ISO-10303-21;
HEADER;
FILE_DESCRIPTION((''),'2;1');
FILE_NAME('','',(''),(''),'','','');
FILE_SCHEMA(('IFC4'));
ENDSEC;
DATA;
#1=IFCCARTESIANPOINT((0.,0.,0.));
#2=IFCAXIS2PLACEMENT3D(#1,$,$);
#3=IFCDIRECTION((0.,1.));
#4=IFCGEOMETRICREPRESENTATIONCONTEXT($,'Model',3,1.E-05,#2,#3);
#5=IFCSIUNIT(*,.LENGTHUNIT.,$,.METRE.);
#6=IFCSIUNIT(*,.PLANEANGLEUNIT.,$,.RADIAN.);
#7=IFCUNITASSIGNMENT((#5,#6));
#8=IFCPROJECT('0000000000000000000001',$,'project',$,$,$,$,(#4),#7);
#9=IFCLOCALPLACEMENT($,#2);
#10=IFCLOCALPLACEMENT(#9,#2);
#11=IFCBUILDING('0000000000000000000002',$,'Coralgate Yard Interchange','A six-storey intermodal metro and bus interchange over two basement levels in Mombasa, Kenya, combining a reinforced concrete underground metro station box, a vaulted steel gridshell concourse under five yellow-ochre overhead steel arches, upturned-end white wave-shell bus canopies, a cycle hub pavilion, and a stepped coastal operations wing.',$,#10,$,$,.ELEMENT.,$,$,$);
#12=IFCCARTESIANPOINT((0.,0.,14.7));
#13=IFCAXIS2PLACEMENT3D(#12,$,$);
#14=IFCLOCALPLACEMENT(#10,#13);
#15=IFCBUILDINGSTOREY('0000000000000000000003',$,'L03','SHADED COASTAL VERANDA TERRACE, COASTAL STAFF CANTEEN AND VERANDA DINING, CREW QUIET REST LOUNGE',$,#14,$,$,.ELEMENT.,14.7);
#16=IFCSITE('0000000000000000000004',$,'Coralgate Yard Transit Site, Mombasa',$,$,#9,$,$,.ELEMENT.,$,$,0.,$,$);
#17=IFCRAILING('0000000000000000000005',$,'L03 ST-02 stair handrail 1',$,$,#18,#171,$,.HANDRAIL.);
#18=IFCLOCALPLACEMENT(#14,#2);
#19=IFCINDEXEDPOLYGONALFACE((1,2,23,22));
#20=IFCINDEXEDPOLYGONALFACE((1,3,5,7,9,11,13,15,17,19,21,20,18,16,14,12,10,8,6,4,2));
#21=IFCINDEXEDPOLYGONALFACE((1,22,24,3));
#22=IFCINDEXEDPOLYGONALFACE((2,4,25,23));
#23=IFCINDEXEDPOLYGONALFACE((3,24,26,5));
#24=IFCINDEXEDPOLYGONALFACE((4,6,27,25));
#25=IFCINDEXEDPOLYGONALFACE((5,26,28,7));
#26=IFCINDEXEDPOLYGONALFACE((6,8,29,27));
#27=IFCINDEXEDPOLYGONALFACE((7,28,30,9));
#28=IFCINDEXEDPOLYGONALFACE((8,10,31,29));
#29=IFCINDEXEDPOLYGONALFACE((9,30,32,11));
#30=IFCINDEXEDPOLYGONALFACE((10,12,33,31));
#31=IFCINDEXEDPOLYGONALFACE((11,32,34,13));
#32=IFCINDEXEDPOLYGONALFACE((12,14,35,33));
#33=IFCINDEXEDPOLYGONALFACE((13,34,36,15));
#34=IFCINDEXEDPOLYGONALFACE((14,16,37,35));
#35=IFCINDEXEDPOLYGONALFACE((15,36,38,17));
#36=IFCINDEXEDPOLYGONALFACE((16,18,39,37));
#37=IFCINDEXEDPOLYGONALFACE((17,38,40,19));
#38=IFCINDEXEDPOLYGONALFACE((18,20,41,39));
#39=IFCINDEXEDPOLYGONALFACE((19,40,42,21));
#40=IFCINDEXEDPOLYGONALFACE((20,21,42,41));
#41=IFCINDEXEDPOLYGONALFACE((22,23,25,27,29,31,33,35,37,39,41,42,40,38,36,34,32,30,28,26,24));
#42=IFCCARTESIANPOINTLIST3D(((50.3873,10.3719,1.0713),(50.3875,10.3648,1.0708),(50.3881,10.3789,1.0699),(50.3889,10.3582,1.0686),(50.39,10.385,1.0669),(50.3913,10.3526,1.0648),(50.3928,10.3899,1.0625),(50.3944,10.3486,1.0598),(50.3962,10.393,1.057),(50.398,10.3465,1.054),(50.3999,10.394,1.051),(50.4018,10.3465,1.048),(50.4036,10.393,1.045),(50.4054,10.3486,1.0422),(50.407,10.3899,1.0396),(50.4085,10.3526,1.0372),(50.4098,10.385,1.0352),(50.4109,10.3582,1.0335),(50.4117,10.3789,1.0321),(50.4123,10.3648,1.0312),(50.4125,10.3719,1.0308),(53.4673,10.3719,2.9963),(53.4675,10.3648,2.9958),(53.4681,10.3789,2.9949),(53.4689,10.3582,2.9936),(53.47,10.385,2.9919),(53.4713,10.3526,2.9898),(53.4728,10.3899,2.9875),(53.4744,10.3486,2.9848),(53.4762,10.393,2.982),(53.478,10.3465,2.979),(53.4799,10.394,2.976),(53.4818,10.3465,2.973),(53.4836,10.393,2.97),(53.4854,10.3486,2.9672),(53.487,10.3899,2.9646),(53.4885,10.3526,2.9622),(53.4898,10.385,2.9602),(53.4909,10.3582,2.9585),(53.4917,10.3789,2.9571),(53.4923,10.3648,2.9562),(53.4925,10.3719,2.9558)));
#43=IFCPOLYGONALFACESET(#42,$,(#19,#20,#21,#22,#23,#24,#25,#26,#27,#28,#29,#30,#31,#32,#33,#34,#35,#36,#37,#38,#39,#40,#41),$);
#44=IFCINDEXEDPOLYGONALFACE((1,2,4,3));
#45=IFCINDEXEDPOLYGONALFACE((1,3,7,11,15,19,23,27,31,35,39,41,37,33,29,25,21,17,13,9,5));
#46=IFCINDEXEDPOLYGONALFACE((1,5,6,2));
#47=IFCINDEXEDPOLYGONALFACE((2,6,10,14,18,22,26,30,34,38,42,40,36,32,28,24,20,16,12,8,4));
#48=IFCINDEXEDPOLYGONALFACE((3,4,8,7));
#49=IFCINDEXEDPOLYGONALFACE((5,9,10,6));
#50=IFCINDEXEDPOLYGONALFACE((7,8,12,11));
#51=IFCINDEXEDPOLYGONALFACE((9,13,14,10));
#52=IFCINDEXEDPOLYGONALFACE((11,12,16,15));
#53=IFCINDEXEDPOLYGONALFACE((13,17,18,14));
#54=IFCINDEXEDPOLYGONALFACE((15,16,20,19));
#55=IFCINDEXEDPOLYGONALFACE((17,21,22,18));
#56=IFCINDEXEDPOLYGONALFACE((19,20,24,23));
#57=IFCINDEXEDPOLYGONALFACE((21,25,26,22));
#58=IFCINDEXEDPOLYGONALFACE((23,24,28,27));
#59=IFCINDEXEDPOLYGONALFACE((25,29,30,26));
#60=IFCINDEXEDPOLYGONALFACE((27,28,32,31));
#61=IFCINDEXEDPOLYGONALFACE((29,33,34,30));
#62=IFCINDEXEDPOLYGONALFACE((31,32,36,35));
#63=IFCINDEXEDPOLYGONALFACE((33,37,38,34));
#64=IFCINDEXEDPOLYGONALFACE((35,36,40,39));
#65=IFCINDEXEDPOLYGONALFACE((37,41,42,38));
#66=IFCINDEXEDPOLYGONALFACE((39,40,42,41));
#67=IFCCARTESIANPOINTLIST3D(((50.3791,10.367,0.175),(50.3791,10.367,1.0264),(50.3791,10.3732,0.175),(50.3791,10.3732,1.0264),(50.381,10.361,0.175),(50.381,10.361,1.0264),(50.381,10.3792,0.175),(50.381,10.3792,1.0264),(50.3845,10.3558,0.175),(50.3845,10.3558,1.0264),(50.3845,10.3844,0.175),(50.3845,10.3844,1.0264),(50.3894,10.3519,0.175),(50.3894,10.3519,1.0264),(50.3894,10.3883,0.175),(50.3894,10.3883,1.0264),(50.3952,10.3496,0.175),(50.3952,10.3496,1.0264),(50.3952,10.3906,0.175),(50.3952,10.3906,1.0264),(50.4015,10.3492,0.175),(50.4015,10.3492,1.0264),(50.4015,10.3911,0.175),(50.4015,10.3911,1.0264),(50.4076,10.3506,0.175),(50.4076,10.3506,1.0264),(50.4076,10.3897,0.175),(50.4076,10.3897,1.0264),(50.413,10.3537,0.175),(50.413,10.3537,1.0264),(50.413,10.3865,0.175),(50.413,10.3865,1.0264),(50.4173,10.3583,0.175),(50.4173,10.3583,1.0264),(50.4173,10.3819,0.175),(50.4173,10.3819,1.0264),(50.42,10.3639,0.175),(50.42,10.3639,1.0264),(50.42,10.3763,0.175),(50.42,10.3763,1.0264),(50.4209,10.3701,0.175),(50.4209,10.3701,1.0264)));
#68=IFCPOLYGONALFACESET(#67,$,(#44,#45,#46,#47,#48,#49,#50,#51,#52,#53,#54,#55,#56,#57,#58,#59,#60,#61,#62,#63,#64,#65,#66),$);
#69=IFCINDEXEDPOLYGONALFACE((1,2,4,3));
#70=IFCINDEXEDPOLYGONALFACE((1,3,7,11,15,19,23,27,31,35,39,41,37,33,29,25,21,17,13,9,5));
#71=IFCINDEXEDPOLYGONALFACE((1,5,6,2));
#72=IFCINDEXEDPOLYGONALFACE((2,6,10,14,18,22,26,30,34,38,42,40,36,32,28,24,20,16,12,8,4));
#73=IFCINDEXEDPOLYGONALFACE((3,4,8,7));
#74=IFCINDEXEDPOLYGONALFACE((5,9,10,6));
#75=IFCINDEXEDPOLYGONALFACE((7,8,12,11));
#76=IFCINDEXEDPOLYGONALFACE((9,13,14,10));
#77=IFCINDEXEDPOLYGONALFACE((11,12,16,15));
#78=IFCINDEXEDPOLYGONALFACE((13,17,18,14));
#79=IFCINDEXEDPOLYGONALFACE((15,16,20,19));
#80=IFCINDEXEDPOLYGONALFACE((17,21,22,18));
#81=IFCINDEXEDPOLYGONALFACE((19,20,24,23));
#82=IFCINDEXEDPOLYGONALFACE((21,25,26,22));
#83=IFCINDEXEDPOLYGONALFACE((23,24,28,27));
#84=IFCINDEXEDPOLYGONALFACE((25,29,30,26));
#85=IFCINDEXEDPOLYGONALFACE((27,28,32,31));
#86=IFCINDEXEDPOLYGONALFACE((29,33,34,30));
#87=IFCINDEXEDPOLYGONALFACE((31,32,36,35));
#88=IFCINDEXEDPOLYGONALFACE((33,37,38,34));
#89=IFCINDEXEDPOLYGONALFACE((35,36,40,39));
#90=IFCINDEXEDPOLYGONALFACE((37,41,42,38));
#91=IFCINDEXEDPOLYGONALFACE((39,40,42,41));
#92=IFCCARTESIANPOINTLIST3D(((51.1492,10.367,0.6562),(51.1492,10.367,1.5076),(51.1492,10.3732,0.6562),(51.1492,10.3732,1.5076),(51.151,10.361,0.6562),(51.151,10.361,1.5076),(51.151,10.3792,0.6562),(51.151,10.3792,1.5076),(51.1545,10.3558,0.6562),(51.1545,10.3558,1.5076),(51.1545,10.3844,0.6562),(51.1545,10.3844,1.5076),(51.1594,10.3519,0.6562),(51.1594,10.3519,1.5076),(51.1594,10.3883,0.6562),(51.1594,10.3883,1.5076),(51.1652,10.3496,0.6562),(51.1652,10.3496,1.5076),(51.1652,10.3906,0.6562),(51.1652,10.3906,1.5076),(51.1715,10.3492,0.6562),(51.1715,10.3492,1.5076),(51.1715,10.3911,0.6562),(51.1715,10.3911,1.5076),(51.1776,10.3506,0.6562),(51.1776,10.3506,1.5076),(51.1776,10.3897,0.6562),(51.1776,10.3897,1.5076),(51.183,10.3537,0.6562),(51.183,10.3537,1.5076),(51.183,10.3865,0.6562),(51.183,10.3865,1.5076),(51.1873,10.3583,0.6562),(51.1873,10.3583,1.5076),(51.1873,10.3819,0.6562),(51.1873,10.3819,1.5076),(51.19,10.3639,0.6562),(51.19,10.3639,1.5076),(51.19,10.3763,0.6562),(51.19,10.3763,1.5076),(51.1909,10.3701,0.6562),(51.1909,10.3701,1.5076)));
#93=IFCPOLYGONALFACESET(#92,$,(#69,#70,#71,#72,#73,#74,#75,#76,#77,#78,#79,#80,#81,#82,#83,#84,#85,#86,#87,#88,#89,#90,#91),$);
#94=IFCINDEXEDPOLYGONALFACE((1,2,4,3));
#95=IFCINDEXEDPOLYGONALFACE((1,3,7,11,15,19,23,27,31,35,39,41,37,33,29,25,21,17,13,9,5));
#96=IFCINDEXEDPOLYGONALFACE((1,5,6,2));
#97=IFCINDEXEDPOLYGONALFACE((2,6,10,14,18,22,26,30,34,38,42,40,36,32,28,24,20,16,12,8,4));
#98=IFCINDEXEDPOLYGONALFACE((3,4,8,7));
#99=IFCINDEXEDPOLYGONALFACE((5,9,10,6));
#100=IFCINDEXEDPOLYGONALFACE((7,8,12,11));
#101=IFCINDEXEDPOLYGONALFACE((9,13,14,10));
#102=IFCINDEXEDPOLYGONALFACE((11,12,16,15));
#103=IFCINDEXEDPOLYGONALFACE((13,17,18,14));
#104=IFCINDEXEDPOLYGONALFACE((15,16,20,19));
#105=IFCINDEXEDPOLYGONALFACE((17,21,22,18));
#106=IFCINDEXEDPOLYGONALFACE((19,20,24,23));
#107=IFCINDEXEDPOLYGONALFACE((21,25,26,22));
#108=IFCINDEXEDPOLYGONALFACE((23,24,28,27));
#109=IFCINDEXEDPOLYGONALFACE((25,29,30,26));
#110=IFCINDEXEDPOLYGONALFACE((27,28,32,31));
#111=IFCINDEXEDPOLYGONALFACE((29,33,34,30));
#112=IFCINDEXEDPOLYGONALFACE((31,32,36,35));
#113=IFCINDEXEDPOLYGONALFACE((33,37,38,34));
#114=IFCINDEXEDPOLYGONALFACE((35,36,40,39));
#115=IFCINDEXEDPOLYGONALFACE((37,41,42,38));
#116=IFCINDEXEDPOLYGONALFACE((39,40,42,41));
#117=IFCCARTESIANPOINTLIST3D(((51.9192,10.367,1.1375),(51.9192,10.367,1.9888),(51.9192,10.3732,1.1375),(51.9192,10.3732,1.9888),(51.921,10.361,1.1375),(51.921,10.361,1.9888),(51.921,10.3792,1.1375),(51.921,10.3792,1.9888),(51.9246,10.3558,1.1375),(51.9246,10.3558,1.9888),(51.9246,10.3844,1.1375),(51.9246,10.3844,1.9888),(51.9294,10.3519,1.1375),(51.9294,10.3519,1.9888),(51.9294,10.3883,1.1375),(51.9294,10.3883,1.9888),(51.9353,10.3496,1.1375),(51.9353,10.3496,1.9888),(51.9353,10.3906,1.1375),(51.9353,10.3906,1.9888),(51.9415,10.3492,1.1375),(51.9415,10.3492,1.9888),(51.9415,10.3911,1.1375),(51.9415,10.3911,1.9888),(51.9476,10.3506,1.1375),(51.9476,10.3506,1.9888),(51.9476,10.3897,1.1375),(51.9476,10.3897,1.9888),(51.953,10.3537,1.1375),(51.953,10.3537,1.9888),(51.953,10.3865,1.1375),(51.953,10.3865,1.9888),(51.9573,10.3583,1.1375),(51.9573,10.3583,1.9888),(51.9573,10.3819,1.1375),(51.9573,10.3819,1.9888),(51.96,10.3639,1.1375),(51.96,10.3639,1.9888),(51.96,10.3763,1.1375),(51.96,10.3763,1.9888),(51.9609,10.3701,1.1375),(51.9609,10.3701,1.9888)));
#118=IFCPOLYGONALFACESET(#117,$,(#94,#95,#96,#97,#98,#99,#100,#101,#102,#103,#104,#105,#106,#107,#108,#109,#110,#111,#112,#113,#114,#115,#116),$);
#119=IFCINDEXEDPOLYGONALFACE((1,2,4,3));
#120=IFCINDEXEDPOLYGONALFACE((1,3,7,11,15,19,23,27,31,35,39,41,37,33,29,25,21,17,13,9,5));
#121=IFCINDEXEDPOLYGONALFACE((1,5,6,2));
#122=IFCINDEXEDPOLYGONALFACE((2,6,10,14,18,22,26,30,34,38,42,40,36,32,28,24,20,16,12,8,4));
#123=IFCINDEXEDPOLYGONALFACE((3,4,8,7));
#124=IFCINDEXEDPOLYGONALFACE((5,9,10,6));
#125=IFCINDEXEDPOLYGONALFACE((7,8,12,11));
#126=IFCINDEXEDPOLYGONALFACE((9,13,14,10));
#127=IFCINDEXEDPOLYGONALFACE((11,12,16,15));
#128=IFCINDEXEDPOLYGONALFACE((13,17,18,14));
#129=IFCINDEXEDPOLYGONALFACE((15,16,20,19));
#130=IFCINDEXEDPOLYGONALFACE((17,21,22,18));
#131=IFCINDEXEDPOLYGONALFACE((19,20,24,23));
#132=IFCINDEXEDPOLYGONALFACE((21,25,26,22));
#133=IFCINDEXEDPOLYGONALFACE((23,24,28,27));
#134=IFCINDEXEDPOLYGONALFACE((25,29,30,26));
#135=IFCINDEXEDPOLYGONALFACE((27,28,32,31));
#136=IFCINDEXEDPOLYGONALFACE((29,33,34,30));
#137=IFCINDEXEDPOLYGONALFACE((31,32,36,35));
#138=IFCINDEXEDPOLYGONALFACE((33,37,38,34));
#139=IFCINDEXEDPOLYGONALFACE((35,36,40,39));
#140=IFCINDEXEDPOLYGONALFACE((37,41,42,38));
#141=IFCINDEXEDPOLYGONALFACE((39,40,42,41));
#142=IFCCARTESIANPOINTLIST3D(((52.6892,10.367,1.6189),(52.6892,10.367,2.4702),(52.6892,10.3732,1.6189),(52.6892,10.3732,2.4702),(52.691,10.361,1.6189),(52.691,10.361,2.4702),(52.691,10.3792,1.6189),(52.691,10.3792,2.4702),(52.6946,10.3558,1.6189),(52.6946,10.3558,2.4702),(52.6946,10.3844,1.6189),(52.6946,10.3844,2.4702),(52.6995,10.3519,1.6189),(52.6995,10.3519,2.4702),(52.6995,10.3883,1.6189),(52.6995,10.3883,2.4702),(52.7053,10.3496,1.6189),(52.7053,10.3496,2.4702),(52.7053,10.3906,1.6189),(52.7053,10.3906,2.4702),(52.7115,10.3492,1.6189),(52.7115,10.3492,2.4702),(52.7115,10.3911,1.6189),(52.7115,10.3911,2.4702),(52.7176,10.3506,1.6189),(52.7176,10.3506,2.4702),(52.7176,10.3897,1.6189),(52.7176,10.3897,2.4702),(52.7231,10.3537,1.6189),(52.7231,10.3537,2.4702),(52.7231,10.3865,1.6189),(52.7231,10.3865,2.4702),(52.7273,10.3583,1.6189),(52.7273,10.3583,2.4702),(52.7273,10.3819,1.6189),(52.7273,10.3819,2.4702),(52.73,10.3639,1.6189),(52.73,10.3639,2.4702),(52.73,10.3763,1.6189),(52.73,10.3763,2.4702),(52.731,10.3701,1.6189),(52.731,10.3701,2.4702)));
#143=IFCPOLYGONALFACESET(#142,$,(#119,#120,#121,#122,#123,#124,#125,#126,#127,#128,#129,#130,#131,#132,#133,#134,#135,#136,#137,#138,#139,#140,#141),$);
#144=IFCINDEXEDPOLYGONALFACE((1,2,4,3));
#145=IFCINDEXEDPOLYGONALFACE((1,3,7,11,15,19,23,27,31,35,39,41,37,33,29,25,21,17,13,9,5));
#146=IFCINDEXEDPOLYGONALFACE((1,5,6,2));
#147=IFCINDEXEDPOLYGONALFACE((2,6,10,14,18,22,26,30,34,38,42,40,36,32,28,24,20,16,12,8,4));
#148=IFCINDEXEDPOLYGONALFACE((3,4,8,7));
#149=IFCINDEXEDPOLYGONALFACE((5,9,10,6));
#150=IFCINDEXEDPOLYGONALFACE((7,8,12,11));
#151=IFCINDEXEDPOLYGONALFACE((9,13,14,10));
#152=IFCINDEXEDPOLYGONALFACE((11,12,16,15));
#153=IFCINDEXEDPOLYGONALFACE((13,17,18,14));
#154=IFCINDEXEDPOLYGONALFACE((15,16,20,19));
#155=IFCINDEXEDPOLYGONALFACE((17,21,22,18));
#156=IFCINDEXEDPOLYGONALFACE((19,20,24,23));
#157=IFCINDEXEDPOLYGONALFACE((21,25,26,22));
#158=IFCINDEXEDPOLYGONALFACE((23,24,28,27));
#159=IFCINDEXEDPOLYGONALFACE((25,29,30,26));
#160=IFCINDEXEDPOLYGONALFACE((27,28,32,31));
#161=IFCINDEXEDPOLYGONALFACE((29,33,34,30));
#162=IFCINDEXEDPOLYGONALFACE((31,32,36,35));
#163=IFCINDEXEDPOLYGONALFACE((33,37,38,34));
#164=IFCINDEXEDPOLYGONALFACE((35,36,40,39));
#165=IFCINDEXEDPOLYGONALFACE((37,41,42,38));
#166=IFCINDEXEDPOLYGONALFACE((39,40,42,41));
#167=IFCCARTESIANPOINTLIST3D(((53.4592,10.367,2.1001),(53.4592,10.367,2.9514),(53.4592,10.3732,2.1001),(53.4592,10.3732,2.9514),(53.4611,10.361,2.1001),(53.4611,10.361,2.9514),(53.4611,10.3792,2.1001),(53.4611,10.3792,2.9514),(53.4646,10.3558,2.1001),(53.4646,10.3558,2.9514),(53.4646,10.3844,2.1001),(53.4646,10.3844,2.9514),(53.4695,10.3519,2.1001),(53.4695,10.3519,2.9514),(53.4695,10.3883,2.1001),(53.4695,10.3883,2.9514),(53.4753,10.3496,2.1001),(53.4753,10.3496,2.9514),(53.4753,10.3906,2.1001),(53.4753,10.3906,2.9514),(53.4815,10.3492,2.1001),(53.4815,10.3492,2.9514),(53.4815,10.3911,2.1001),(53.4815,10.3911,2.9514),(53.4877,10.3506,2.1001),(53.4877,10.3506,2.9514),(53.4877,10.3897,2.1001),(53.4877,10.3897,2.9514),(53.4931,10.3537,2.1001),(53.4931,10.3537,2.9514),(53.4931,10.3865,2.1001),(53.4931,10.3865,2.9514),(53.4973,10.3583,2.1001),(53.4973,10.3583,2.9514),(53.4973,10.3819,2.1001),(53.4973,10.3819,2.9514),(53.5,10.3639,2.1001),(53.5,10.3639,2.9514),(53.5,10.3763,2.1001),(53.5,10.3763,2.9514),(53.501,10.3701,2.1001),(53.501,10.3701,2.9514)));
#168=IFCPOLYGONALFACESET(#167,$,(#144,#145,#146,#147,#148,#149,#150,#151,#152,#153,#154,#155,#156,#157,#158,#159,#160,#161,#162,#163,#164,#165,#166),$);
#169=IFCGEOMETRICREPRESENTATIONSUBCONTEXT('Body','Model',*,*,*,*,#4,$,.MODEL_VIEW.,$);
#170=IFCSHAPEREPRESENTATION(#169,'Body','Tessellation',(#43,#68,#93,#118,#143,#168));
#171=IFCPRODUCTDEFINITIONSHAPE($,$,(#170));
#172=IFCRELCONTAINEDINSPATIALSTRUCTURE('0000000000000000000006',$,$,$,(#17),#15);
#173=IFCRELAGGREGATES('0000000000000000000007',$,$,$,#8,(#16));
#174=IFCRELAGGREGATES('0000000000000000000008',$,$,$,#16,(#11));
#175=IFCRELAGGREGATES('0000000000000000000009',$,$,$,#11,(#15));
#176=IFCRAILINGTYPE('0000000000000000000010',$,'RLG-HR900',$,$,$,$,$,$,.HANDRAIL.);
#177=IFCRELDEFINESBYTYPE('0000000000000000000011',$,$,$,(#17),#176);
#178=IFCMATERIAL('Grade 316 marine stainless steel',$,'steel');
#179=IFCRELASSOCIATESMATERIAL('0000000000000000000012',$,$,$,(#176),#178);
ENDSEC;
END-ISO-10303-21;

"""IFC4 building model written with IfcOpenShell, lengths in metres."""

from ifc_helpers import new_model, si_unit, direction, frame, origin, origin_2d, place, context, subcontext, project, spatial, circle, extrude, material, type_object, element, save


model = new_model("IFC4")

# Units and contexts
model_context = context("Model", 3, precision=1e-05, world=origin(), true_north=direction((0.0, 1.0)))
body_context = subcontext(model_context, "Body", "Model", "MODEL_VIEW")
ifc_project = project(units=[si_unit("LENGTHUNIT", "METRE"), si_unit("PLANEANGLEUNIT", "RADIAN")], contexts=[model_context])

# Site, building, storey
site_placement = place(None, origin())
site = spatial("IfcSite", under=ifc_project, at=site_placement, Name="Coralgate Yard Transit Site, Mombasa", CompositionType="ELEMENT", RefElevation=0.0)
building_placement = place(site_placement, origin())
building = spatial("IfcBuilding", under=site, at=building_placement, Name="Coralgate Yard Interchange", Description="A six-storey intermodal metro and bus interchange over two basement levels in Mombasa, Kenya, combining a reinforced concrete underground metro station box, a vaulted steel gridshell concourse under five yellow-ochre overhead steel arches, upturned-end white wave-shell bus canopies, a cycle hub pavilion, and a stepped coastal operations wing.", CompositionType="ELEMENT")
storey_placement = place(building_placement, frame((0.0, 0.0, 14.7)))
storey = spatial("IfcBuildingStorey", under=building, at=storey_placement, Name="L03", Description="SHADED COASTAL VERANDA TERRACE, COASTAL STAFF CANTEEN AND VERANDA DINING, CREW QUIET REST LOUNGE", CompositionType="ELEMENT", Elevation=14.7)

# Railing
ifc_material_1 = material(Name="Grade 316 marine stainless steel", Category="steel")
railing_type_1 = type_object("IfcRailingType", Name="RLG-HR900", PredefinedType="HANDRAIL", material=ifc_material_1)
railing_1_placement = place(storey_placement, frame((50.3999, 10.3701, 0.175)))
element("IfcRailing", 1, at=railing_1_placement, inside=storey, type_object=railing_type_1, Name="L03 ST-02 stair handrail 1", PredefinedType="HANDRAIL", context=body_context, shape_type="SweptSolid", body=[
    extrude(circle(Radius=0.0239, at=origin_2d()), frame((0.0, 0.0, 0.876), z_axis=(0.847998, 0.0, 0.529999), x_axis=(0.0, 1.0, 0.0)), (0.0, 0.0, 1.0), 3.6321),
    extrude(circle(Radius=0.021, at=origin_2d()), origin(), (0.0, 0.0, 1.0), 0.8513),
    extrude(circle(Radius=0.021, at=origin_2d()), frame((0.77, 0.0, 0.4812)), (0.0, 0.0, 1.0), 0.8513),
    extrude(circle(Radius=0.021, at=origin_2d()), frame((1.54, 0.0, 0.9624)), (0.0, 0.0, 1.0), 0.8513),
    extrude(circle(Radius=0.021, at=origin_2d()), frame((2.3101, 0.0, 1.4438)), (0.0, 0.0, 1.0), 0.8513),
    extrude(circle(Radius=0.021, at=origin_2d()), frame((3.0801, 0.0, 1.925)), (0.0, 0.0, 1.0), 0.8513),
])

save(model, "model.ifc")
